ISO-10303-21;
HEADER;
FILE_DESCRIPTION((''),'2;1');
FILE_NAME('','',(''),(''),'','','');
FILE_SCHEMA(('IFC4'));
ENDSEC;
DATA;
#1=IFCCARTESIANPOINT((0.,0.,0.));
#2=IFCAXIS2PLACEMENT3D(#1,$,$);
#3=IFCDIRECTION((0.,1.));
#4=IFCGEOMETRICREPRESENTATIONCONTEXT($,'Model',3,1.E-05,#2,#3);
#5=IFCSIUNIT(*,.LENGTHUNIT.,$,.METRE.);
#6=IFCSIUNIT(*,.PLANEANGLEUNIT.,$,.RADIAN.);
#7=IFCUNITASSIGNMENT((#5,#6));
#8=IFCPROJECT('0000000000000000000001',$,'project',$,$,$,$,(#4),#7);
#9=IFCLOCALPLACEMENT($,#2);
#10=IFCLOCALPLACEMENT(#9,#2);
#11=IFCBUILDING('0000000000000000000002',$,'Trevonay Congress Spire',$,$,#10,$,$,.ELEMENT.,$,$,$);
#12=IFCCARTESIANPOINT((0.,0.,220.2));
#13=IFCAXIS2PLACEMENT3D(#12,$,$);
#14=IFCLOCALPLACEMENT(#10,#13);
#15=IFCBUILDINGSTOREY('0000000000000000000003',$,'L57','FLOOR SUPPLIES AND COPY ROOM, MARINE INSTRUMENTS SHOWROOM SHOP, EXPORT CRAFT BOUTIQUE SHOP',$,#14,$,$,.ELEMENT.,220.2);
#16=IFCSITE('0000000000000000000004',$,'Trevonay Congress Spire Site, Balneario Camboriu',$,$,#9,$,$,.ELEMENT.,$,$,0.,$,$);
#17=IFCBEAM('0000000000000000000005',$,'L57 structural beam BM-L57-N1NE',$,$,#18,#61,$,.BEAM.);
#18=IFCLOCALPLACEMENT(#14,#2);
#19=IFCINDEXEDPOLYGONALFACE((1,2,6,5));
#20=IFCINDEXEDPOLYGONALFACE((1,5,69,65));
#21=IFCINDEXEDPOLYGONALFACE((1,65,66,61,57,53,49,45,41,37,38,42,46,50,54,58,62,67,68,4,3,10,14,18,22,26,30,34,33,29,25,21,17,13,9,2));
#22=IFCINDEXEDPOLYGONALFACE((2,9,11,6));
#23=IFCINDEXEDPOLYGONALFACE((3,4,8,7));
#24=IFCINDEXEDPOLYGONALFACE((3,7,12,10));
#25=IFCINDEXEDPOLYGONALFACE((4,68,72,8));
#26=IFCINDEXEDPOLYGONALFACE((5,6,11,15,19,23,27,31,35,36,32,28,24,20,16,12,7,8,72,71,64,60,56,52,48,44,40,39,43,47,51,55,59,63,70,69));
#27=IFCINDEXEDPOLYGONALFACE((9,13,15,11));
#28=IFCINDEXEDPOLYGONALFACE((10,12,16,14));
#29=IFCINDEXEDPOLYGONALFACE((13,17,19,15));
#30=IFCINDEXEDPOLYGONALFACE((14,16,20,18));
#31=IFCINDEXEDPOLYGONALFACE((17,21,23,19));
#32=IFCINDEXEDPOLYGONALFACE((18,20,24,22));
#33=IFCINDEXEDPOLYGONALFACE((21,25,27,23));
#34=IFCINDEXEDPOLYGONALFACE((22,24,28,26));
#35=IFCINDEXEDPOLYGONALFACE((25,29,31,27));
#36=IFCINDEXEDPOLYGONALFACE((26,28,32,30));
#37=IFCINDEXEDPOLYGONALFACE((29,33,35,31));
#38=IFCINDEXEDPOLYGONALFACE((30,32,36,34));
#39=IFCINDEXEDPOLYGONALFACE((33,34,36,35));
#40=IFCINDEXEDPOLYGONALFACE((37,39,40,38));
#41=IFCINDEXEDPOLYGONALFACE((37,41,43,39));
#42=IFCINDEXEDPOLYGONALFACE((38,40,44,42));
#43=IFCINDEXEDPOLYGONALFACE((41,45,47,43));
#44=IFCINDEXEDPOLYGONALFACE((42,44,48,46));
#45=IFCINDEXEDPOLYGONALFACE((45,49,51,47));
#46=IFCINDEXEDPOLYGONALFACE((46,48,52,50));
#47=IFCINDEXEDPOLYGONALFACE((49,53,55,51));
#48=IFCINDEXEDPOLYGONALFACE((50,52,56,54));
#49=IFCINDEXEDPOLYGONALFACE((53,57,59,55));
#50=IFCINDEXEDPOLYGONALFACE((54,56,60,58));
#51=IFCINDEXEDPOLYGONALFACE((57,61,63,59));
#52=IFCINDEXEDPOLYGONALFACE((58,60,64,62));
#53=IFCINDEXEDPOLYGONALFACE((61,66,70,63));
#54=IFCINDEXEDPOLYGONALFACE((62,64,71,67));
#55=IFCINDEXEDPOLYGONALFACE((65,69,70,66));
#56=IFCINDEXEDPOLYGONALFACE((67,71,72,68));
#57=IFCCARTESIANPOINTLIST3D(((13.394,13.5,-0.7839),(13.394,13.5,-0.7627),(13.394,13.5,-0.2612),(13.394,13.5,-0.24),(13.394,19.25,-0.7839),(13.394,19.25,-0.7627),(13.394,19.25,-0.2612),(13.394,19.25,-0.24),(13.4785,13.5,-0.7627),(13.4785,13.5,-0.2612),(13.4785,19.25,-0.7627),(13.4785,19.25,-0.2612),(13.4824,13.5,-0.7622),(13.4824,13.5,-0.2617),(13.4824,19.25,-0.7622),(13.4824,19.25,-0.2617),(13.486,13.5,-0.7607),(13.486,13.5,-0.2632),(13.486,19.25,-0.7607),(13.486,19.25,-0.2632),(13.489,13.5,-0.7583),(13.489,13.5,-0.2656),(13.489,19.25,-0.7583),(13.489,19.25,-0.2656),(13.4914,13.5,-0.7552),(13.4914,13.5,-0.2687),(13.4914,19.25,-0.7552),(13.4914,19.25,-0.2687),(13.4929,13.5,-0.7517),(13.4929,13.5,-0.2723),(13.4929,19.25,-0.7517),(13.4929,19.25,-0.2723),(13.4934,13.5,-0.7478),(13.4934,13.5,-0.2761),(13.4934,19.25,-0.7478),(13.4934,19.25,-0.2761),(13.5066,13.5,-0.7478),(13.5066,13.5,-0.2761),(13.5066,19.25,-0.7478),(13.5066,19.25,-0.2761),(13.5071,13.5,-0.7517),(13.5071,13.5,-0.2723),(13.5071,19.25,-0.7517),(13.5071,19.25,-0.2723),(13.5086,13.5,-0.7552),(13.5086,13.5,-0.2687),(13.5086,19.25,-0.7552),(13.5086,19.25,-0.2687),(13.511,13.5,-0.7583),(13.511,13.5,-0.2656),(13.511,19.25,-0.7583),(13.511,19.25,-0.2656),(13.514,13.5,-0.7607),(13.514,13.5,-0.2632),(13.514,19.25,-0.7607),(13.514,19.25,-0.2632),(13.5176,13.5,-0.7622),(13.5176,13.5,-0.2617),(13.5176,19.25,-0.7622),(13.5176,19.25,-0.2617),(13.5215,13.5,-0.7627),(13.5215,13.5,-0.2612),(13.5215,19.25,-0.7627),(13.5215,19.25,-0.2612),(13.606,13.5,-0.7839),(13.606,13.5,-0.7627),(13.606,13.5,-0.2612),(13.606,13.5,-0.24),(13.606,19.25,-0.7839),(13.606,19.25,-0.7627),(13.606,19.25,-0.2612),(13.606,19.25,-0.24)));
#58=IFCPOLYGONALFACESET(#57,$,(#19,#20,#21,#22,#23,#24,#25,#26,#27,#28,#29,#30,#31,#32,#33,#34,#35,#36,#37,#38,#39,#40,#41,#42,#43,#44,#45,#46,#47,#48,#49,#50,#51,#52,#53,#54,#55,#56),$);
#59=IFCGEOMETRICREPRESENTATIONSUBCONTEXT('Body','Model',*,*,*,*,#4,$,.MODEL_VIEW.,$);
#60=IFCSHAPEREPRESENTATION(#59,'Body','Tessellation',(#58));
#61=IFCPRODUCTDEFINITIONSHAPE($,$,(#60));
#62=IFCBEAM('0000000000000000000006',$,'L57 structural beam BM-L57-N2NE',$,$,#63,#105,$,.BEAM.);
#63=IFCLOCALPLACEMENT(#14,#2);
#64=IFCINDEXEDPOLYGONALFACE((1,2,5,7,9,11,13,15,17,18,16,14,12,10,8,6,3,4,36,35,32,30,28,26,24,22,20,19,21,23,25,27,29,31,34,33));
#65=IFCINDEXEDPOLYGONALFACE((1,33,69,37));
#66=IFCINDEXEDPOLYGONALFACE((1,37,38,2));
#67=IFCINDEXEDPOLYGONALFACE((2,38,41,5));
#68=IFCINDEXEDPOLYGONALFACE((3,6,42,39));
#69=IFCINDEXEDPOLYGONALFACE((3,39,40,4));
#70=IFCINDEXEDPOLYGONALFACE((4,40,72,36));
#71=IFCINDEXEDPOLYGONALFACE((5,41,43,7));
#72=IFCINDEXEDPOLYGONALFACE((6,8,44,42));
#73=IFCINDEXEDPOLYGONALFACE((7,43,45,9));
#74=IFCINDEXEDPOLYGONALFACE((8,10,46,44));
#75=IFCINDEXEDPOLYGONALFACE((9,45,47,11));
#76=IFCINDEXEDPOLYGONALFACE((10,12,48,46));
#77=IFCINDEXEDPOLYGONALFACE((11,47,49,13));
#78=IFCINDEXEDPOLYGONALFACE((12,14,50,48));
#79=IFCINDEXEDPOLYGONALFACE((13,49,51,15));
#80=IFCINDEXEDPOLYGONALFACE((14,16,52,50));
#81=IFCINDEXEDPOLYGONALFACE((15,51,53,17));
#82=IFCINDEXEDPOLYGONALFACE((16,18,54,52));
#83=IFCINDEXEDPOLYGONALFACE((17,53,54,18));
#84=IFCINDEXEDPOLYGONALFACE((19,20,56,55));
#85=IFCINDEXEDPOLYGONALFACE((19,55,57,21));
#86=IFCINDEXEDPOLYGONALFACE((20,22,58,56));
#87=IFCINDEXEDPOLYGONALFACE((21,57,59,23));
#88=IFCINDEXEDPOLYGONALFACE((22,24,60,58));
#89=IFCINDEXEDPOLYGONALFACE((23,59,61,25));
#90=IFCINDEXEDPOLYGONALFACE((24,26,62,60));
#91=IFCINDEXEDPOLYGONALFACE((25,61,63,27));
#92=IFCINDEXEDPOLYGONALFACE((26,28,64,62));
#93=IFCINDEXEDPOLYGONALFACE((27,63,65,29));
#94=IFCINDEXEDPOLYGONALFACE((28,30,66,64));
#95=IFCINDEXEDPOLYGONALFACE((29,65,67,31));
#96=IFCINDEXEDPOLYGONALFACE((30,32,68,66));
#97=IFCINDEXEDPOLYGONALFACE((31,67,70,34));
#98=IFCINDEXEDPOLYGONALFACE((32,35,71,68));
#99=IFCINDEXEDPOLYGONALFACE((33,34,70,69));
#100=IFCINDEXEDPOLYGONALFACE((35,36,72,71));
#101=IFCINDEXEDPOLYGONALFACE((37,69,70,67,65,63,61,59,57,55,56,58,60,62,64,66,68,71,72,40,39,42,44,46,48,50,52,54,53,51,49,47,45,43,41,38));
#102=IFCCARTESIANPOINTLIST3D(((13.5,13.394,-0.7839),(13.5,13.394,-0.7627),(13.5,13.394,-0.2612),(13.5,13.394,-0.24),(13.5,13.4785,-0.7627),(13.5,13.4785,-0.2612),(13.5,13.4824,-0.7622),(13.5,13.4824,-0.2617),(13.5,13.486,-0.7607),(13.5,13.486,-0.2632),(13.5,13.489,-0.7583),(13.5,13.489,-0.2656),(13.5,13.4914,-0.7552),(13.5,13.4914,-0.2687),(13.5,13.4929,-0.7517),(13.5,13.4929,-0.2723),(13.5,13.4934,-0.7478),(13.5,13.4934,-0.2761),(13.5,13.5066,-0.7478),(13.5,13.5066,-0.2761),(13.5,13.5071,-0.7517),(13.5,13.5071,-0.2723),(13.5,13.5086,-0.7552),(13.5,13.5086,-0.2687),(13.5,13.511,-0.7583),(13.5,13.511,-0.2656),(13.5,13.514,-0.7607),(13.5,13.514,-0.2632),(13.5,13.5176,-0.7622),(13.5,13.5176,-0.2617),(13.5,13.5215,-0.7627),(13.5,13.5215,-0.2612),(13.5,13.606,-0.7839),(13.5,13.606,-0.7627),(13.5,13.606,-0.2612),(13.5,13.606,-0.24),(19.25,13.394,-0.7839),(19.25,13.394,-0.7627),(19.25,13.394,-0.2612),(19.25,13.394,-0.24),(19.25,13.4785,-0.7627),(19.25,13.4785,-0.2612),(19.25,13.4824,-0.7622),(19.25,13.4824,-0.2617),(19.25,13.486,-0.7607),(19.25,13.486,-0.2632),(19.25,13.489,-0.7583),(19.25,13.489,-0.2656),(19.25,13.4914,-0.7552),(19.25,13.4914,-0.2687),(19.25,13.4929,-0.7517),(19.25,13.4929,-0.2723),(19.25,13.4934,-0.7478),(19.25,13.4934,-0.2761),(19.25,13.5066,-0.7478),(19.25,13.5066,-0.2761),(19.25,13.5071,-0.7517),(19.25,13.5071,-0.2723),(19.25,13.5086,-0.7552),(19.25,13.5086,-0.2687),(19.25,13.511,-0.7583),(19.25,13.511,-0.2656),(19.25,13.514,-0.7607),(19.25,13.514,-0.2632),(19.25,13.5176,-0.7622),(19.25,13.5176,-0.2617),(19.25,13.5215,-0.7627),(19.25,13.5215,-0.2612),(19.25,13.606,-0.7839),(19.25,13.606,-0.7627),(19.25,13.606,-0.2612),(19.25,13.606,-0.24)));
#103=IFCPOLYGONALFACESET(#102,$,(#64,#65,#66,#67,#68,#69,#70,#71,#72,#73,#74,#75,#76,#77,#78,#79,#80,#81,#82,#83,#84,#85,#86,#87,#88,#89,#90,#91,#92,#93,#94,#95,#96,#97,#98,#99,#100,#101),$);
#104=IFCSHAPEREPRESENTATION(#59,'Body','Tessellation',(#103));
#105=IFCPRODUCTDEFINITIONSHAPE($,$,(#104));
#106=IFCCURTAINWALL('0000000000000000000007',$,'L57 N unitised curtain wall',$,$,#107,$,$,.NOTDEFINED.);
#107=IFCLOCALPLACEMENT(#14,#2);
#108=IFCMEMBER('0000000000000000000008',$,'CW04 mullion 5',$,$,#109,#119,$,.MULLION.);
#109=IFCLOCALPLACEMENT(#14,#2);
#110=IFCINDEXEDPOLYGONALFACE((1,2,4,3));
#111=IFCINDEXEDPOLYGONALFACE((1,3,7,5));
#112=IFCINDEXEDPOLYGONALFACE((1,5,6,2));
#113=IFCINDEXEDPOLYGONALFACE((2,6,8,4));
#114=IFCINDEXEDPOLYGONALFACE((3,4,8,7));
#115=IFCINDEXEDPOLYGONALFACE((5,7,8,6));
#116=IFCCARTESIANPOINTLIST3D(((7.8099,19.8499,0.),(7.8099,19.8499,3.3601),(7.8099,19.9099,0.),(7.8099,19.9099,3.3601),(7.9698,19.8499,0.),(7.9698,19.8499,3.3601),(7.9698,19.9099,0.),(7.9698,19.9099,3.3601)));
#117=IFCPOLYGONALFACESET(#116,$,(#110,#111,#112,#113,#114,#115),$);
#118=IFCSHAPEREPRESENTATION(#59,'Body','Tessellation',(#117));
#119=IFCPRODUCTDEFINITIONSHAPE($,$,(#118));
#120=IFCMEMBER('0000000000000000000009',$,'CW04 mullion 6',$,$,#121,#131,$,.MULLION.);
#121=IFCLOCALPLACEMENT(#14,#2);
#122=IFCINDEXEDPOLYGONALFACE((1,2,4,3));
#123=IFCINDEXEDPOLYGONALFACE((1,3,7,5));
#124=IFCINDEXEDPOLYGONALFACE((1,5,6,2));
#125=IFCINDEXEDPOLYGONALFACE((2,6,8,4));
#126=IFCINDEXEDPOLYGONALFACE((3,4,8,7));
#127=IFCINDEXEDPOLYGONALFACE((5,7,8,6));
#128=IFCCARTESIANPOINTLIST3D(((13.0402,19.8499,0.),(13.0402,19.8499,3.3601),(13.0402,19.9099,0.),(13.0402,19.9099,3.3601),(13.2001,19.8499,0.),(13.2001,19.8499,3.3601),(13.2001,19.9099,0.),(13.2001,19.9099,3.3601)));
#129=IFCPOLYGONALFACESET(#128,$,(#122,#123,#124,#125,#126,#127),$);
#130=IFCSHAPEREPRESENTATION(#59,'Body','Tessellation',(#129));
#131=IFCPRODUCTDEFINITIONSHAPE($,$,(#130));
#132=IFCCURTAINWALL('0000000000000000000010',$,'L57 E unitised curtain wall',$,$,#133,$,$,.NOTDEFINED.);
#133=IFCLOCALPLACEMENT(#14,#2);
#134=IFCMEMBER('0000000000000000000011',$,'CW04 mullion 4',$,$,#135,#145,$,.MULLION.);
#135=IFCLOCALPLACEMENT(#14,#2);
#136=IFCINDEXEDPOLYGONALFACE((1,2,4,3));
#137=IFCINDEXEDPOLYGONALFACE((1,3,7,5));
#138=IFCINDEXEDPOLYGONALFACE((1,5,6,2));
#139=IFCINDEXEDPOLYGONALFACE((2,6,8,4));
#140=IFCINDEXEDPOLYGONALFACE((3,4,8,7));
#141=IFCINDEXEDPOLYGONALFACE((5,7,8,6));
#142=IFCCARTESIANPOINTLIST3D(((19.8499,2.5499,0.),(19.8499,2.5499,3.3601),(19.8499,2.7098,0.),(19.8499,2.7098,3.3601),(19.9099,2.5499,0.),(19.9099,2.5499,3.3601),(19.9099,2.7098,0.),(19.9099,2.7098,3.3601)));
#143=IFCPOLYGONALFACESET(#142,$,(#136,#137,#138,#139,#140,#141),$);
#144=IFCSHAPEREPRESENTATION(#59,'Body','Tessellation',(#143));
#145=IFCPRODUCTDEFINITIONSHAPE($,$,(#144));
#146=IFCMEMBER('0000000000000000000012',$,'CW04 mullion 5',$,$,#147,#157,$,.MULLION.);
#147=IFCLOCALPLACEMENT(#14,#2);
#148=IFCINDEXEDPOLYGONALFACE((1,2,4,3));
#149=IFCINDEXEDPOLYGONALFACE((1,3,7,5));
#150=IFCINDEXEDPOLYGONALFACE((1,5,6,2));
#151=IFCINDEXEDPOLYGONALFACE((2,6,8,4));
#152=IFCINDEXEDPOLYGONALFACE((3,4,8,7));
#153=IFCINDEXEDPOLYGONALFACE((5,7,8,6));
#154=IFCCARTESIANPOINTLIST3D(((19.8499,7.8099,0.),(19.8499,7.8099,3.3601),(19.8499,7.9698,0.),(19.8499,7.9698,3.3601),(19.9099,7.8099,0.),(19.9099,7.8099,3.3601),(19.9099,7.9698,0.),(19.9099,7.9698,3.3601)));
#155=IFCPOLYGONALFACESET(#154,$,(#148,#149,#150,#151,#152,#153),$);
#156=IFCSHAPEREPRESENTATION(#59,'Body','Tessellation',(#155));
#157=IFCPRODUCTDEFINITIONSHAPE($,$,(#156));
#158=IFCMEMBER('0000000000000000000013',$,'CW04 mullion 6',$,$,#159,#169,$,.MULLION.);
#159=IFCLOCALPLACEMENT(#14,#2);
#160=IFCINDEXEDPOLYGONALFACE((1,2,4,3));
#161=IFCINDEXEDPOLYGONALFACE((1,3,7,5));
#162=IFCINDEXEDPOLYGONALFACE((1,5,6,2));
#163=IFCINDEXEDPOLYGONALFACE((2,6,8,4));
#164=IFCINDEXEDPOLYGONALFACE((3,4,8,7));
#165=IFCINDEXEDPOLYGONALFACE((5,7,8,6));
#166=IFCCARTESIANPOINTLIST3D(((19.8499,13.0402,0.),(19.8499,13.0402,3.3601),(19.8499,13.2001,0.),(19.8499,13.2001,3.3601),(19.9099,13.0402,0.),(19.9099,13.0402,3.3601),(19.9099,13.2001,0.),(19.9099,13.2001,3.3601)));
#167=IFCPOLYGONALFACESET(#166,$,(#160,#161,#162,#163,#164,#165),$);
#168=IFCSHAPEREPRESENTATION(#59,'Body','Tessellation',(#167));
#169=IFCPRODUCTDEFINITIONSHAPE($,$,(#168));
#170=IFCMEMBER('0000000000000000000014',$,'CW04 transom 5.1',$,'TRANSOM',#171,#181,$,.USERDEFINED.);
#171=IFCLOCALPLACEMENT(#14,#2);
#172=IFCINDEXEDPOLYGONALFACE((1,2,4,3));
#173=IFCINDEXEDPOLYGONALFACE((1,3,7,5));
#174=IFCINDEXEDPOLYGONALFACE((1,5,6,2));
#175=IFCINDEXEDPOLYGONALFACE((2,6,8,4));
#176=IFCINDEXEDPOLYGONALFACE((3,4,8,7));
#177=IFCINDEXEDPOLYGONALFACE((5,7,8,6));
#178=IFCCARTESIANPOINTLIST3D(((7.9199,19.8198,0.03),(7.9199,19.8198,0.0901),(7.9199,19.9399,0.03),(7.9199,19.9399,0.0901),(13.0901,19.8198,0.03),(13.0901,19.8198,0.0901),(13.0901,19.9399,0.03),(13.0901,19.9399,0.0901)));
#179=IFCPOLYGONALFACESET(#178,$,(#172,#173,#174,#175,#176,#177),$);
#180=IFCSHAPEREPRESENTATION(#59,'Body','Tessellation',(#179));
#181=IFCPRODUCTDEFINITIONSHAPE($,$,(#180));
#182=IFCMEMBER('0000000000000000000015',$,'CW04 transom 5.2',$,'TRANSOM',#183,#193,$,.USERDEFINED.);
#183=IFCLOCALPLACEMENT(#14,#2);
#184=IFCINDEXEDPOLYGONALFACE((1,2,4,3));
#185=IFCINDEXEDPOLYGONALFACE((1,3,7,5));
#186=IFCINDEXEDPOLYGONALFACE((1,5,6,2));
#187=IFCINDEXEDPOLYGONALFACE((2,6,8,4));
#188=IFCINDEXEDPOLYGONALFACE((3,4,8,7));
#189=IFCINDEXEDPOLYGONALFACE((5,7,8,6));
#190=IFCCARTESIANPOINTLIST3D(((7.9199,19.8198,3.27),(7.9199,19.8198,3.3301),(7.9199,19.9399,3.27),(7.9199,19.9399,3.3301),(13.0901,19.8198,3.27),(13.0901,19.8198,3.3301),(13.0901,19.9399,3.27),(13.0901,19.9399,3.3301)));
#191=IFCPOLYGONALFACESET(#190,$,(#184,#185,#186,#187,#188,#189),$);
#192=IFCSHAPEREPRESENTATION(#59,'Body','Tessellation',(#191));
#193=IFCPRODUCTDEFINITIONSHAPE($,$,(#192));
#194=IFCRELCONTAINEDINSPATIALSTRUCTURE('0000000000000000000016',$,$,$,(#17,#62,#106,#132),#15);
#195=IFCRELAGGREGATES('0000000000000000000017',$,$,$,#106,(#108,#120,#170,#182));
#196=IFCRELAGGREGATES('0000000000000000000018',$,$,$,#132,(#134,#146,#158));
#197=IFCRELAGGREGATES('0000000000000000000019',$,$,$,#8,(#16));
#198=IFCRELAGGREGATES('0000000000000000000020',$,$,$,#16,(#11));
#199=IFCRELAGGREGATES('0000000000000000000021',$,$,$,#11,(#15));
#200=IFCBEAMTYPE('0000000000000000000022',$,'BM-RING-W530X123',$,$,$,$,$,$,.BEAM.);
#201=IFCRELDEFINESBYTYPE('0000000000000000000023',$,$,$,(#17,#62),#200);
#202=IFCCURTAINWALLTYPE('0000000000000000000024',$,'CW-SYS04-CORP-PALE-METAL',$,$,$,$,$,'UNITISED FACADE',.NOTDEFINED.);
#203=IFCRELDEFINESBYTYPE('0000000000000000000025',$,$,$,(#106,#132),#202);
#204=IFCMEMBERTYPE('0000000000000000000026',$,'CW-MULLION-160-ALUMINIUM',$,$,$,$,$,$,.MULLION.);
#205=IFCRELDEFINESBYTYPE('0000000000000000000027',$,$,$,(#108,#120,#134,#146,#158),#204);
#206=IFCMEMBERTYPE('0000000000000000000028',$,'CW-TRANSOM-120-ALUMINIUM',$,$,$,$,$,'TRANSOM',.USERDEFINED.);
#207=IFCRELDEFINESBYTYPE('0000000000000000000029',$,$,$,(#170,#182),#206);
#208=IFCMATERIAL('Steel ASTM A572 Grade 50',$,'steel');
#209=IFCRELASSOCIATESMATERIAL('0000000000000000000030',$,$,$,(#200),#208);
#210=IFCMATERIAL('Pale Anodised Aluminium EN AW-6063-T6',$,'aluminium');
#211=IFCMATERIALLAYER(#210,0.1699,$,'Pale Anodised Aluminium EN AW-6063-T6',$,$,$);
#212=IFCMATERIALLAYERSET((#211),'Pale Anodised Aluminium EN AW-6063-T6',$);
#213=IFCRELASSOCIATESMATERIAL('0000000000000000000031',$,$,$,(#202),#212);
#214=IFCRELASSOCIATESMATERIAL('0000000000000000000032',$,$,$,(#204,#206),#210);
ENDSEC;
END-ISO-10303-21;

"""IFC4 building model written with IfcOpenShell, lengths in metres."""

from ifc_helpers import new_model, si_unit, direction, frame, origin, origin_2d, place, context, subcontext, project, spatial, rectangle, i_section, extrude, material, layer, layer_set, material_profile, profile_set, type_object, element, aggregate, save


model = new_model("IFC4")

# Units and contexts
model_context = context("Model", 3, precision=1e-05, world=origin(), true_north=direction((0.0, 1.0)))
body_context = subcontext(model_context, "Body", "Model", "MODEL_VIEW")
ifc_project = project(units=[si_unit("LENGTHUNIT", "METRE"), si_unit("PLANEANGLEUNIT", "RADIAN")], contexts=[model_context])

# Site, building, storey
site_placement = place(None, origin())
site = spatial("IfcSite", under=ifc_project, at=site_placement, Name="Trevonay Congress Spire Site, Balneario Camboriu", CompositionType="ELEMENT", RefElevation=0.0)
building_placement = place(site_placement, origin())
building = spatial("IfcBuilding", under=site, at=building_placement, Name="Trevonay Congress Spire", CompositionType="ELEMENT")
storey_placement = place(building_placement, frame((0.0, 0.0, 220.2)))
storey = spatial("IfcBuildingStorey", under=building, at=storey_placement, Name="L57", Description="FLOOR SUPPLIES AND COPY ROOM, MARINE INSTRUMENTS SHOWROOM SHOP, EXPORT CRAFT BOUTIQUE SHOP", CompositionType="ELEMENT", Elevation=220.2)

# Shared definitions
ifc_material_1 = material(Name="Steel ASTM A572 Grade 50", Category="steel")

# Beams
ifc_material_profile_1 = material_profile(ifc_material_1, i_section(OverallWidth=0.2119, OverallDepth=0.5439, WebThickness=0.0132, FlangeThickness=0.0212, FilletRadius=0.0149, at=origin_2d()), Name="W530x123")
ifc_profile_set_1 = profile_set([ifc_material_profile_1], Name="Steel ASTM A572 Grade 50")
beam_type_1 = type_object("IfcBeamType", Name="BM-RING-W530X123", PredefinedType="BEAM", material=ifc_profile_set_1)
for number, where, z_axis, x_axis, name in (
    (1, (13.5, 19.25, -0.512), (0.0, -1.0, 0.0), (1.0, 0.0, 0.0), "L57 structural beam BM-L57-N1NE"),
    (2, (19.25, 13.5, -0.512), (-1.0, 0.0, 0.0), (0.0, -1.0, 0.0), "L57 structural beam BM-L57-N2NE"),
):
    element("IfcBeam", number, at=place(storey_placement, frame(where, z_axis=z_axis, x_axis=x_axis)), inside=storey, type_object=beam_type_1, Name=name, PredefinedType="BEAM", context=body_context, shape_type="SweptSolid", body=[
        extrude(i_section(OverallWidth=0.2119, OverallDepth=0.5439, WebThickness=0.0132, FlangeThickness=0.0212, FilletRadius=0.0149, at=origin_2d()), origin(), (0.0, 0.0, 1.0), 5.75),
    ])

# Curtain walls, members
ifc_material_2 = material(Name="Pale Anodised Aluminium EN AW-6063-T6", Category="aluminium")
ifc_layer_1 = layer(ifc_material_2, 0.1699, Name="Pale Anodised Aluminium EN AW-6063-T6")
ifc_layer_set_1 = layer_set([ifc_layer_1], Name="Pale Anodised Aluminium EN AW-6063-T6")
curtain_wall_type = type_object("IfcCurtainWallType", Name="CW-SYS04-CORP-PALE-METAL", ElementType="UNITISED FACADE", PredefinedType="NOTDEFINED", material=ifc_layer_set_1)
curtain_wall_1_placement = place(storey_placement, origin())
curtain_wall_1 = element("IfcCurtainWall", 3, at=curtain_wall_1_placement, inside=storey, type_object=curtain_wall_type, Name="L57 N unitised curtain wall", PredefinedType="NOTDEFINED")
ifc_material_profile_2 = material_profile(ifc_material_2, rectangle(XDim=0.0601, YDim=0.1599, at=origin_2d()), Name="CW-MULLION-160-ALUMINIUM")
ifc_profile_set_2 = profile_set([ifc_material_profile_2], Name="Pale Anodised Aluminium EN AW-6063-T6")
member_type_1 = type_object("IfcMemberType", Name="CW-MULLION-160-ALUMINIUM", PredefinedType="MULLION", material=ifc_profile_set_2)
member_1_placement = place(storey_placement, frame((7.8899, 19.8799, 0.0), z_axis=(0.0, 0.0, 1.0), x_axis=(0.0, 1.0, 0.0)))
member_1 = element("IfcMember", 4, at=member_1_placement, type_object=member_type_1, Name="CW04 mullion 5", PredefinedType="MULLION", context=body_context, shape_type="SweptSolid", body=[
    extrude(rectangle(XDim=0.0601, YDim=0.1599, at=origin_2d()), origin(), (0.0, 0.0, 1.0), 3.3601),
])
member_2_placement = place(storey_placement, frame((13.1201, 19.8799, 0.0), z_axis=(0.0, 0.0, 1.0), x_axis=(0.0, 1.0, 0.0)))
member_2 = element("IfcMember", 5, at=member_2_placement, type_object=member_type_1, Name="CW04 mullion 6", PredefinedType="MULLION", context=body_context, shape_type="SweptSolid", body=[
    extrude(rectangle(XDim=0.0601, YDim=0.1599, at=origin_2d()), origin(), (0.0, 0.0, 1.0), 3.3601),
])
curtain_wall_2_placement = place(storey_placement, origin())
curtain_wall_2 = element("IfcCurtainWall", 6, at=curtain_wall_2_placement, inside=storey, type_object=curtain_wall_type, Name="L57 E unitised curtain wall", PredefinedType="NOTDEFINED")
member_3_placement = place(storey_placement, frame((19.8799, 2.6299, 0.0), z_axis=(0.0, 0.0, 1.0), x_axis=(-1.0, 0.0, 0.0)))
member_3 = element("IfcMember", 7, at=member_3_placement, type_object=member_type_1, Name="CW04 mullion 4", PredefinedType="MULLION", context=body_context, shape_type="SweptSolid", body=[
    extrude(rectangle(XDim=0.0601, YDim=0.1599, at=origin_2d()), origin(), (0.0, 0.0, 1.0), 3.3601),
])
member_4_placement = place(storey_placement, frame((19.8799, 7.8899, 0.0), z_axis=(0.0, 0.0, 1.0), x_axis=(-1.0, 0.0, 0.0)))
member_4 = element("IfcMember", 8, at=member_4_placement, type_object=member_type_1, Name="CW04 mullion 5", PredefinedType="MULLION", context=body_context, shape_type="SweptSolid", body=[
    extrude(rectangle(XDim=0.0601, YDim=0.1599, at=origin_2d()), origin(), (0.0, 0.0, 1.0), 3.3601),
])
member_5_placement = place(storey_placement, frame((19.8799, 13.1201, 0.0), z_axis=(0.0, 0.0, 1.0), x_axis=(-1.0, 0.0, 0.0)))
member_5 = element("IfcMember", 9, at=member_5_placement, type_object=member_type_1, Name="CW04 mullion 6", PredefinedType="MULLION", context=body_context, shape_type="SweptSolid", body=[
    extrude(rectangle(XDim=0.0601, YDim=0.1599, at=origin_2d()), origin(), (0.0, 0.0, 1.0), 3.3601),
])

# Members
ifc_material_profile_3 = material_profile(ifc_material_2, rectangle(XDim=0.1201, YDim=0.0601, at=origin_2d()), Name="CW-TRANSOM-120-ALUMINIUM")
ifc_profile_set_3 = profile_set([ifc_material_profile_3], Name="Pale Anodised Aluminium EN AW-6063-T6")
member_type_2 = type_object("IfcMemberType", Name="CW-TRANSOM-120-ALUMINIUM", ElementType="TRANSOM", PredefinedType="USERDEFINED", material=ifc_profile_set_3)
member_6_placement = place(storey_placement, frame((7.9199, 19.8799, 0.0601), z_axis=(1.0, 0.0, 0.0), x_axis=(0.0, 1.0, 0.0)))
member_6 = element("IfcMember", 10, at=member_6_placement, type_object=member_type_2, Name="CW04 transom 5.1", ObjectType="TRANSOM", PredefinedType="USERDEFINED", context=body_context, shape_type="SweptSolid", body=[
    extrude(rectangle(XDim=0.1201, YDim=0.0601, at=origin_2d()), origin(), (0.0, 0.0, 1.0), 5.1702),
])
member_7_placement = place(storey_placement, frame((7.9199, 19.8799, 3.3), z_axis=(1.0, 0.0, 0.0), x_axis=(0.0, 1.0, 0.0)))
member_7 = element("IfcMember", 11, at=member_7_placement, type_object=member_type_2, Name="CW04 transom 5.2", ObjectType="TRANSOM", PredefinedType="USERDEFINED", context=body_context, shape_type="SweptSolid", body=[
    extrude(rectangle(XDim=0.1201, YDim=0.0601, at=origin_2d()), origin(), (0.0, 0.0, 1.0), 5.1702),
])

aggregate(curtain_wall_1, [member_1, member_2, member_6, member_7])
aggregate(curtain_wall_2, [member_3, member_4, member_5])

save(model, "model.ifc")
